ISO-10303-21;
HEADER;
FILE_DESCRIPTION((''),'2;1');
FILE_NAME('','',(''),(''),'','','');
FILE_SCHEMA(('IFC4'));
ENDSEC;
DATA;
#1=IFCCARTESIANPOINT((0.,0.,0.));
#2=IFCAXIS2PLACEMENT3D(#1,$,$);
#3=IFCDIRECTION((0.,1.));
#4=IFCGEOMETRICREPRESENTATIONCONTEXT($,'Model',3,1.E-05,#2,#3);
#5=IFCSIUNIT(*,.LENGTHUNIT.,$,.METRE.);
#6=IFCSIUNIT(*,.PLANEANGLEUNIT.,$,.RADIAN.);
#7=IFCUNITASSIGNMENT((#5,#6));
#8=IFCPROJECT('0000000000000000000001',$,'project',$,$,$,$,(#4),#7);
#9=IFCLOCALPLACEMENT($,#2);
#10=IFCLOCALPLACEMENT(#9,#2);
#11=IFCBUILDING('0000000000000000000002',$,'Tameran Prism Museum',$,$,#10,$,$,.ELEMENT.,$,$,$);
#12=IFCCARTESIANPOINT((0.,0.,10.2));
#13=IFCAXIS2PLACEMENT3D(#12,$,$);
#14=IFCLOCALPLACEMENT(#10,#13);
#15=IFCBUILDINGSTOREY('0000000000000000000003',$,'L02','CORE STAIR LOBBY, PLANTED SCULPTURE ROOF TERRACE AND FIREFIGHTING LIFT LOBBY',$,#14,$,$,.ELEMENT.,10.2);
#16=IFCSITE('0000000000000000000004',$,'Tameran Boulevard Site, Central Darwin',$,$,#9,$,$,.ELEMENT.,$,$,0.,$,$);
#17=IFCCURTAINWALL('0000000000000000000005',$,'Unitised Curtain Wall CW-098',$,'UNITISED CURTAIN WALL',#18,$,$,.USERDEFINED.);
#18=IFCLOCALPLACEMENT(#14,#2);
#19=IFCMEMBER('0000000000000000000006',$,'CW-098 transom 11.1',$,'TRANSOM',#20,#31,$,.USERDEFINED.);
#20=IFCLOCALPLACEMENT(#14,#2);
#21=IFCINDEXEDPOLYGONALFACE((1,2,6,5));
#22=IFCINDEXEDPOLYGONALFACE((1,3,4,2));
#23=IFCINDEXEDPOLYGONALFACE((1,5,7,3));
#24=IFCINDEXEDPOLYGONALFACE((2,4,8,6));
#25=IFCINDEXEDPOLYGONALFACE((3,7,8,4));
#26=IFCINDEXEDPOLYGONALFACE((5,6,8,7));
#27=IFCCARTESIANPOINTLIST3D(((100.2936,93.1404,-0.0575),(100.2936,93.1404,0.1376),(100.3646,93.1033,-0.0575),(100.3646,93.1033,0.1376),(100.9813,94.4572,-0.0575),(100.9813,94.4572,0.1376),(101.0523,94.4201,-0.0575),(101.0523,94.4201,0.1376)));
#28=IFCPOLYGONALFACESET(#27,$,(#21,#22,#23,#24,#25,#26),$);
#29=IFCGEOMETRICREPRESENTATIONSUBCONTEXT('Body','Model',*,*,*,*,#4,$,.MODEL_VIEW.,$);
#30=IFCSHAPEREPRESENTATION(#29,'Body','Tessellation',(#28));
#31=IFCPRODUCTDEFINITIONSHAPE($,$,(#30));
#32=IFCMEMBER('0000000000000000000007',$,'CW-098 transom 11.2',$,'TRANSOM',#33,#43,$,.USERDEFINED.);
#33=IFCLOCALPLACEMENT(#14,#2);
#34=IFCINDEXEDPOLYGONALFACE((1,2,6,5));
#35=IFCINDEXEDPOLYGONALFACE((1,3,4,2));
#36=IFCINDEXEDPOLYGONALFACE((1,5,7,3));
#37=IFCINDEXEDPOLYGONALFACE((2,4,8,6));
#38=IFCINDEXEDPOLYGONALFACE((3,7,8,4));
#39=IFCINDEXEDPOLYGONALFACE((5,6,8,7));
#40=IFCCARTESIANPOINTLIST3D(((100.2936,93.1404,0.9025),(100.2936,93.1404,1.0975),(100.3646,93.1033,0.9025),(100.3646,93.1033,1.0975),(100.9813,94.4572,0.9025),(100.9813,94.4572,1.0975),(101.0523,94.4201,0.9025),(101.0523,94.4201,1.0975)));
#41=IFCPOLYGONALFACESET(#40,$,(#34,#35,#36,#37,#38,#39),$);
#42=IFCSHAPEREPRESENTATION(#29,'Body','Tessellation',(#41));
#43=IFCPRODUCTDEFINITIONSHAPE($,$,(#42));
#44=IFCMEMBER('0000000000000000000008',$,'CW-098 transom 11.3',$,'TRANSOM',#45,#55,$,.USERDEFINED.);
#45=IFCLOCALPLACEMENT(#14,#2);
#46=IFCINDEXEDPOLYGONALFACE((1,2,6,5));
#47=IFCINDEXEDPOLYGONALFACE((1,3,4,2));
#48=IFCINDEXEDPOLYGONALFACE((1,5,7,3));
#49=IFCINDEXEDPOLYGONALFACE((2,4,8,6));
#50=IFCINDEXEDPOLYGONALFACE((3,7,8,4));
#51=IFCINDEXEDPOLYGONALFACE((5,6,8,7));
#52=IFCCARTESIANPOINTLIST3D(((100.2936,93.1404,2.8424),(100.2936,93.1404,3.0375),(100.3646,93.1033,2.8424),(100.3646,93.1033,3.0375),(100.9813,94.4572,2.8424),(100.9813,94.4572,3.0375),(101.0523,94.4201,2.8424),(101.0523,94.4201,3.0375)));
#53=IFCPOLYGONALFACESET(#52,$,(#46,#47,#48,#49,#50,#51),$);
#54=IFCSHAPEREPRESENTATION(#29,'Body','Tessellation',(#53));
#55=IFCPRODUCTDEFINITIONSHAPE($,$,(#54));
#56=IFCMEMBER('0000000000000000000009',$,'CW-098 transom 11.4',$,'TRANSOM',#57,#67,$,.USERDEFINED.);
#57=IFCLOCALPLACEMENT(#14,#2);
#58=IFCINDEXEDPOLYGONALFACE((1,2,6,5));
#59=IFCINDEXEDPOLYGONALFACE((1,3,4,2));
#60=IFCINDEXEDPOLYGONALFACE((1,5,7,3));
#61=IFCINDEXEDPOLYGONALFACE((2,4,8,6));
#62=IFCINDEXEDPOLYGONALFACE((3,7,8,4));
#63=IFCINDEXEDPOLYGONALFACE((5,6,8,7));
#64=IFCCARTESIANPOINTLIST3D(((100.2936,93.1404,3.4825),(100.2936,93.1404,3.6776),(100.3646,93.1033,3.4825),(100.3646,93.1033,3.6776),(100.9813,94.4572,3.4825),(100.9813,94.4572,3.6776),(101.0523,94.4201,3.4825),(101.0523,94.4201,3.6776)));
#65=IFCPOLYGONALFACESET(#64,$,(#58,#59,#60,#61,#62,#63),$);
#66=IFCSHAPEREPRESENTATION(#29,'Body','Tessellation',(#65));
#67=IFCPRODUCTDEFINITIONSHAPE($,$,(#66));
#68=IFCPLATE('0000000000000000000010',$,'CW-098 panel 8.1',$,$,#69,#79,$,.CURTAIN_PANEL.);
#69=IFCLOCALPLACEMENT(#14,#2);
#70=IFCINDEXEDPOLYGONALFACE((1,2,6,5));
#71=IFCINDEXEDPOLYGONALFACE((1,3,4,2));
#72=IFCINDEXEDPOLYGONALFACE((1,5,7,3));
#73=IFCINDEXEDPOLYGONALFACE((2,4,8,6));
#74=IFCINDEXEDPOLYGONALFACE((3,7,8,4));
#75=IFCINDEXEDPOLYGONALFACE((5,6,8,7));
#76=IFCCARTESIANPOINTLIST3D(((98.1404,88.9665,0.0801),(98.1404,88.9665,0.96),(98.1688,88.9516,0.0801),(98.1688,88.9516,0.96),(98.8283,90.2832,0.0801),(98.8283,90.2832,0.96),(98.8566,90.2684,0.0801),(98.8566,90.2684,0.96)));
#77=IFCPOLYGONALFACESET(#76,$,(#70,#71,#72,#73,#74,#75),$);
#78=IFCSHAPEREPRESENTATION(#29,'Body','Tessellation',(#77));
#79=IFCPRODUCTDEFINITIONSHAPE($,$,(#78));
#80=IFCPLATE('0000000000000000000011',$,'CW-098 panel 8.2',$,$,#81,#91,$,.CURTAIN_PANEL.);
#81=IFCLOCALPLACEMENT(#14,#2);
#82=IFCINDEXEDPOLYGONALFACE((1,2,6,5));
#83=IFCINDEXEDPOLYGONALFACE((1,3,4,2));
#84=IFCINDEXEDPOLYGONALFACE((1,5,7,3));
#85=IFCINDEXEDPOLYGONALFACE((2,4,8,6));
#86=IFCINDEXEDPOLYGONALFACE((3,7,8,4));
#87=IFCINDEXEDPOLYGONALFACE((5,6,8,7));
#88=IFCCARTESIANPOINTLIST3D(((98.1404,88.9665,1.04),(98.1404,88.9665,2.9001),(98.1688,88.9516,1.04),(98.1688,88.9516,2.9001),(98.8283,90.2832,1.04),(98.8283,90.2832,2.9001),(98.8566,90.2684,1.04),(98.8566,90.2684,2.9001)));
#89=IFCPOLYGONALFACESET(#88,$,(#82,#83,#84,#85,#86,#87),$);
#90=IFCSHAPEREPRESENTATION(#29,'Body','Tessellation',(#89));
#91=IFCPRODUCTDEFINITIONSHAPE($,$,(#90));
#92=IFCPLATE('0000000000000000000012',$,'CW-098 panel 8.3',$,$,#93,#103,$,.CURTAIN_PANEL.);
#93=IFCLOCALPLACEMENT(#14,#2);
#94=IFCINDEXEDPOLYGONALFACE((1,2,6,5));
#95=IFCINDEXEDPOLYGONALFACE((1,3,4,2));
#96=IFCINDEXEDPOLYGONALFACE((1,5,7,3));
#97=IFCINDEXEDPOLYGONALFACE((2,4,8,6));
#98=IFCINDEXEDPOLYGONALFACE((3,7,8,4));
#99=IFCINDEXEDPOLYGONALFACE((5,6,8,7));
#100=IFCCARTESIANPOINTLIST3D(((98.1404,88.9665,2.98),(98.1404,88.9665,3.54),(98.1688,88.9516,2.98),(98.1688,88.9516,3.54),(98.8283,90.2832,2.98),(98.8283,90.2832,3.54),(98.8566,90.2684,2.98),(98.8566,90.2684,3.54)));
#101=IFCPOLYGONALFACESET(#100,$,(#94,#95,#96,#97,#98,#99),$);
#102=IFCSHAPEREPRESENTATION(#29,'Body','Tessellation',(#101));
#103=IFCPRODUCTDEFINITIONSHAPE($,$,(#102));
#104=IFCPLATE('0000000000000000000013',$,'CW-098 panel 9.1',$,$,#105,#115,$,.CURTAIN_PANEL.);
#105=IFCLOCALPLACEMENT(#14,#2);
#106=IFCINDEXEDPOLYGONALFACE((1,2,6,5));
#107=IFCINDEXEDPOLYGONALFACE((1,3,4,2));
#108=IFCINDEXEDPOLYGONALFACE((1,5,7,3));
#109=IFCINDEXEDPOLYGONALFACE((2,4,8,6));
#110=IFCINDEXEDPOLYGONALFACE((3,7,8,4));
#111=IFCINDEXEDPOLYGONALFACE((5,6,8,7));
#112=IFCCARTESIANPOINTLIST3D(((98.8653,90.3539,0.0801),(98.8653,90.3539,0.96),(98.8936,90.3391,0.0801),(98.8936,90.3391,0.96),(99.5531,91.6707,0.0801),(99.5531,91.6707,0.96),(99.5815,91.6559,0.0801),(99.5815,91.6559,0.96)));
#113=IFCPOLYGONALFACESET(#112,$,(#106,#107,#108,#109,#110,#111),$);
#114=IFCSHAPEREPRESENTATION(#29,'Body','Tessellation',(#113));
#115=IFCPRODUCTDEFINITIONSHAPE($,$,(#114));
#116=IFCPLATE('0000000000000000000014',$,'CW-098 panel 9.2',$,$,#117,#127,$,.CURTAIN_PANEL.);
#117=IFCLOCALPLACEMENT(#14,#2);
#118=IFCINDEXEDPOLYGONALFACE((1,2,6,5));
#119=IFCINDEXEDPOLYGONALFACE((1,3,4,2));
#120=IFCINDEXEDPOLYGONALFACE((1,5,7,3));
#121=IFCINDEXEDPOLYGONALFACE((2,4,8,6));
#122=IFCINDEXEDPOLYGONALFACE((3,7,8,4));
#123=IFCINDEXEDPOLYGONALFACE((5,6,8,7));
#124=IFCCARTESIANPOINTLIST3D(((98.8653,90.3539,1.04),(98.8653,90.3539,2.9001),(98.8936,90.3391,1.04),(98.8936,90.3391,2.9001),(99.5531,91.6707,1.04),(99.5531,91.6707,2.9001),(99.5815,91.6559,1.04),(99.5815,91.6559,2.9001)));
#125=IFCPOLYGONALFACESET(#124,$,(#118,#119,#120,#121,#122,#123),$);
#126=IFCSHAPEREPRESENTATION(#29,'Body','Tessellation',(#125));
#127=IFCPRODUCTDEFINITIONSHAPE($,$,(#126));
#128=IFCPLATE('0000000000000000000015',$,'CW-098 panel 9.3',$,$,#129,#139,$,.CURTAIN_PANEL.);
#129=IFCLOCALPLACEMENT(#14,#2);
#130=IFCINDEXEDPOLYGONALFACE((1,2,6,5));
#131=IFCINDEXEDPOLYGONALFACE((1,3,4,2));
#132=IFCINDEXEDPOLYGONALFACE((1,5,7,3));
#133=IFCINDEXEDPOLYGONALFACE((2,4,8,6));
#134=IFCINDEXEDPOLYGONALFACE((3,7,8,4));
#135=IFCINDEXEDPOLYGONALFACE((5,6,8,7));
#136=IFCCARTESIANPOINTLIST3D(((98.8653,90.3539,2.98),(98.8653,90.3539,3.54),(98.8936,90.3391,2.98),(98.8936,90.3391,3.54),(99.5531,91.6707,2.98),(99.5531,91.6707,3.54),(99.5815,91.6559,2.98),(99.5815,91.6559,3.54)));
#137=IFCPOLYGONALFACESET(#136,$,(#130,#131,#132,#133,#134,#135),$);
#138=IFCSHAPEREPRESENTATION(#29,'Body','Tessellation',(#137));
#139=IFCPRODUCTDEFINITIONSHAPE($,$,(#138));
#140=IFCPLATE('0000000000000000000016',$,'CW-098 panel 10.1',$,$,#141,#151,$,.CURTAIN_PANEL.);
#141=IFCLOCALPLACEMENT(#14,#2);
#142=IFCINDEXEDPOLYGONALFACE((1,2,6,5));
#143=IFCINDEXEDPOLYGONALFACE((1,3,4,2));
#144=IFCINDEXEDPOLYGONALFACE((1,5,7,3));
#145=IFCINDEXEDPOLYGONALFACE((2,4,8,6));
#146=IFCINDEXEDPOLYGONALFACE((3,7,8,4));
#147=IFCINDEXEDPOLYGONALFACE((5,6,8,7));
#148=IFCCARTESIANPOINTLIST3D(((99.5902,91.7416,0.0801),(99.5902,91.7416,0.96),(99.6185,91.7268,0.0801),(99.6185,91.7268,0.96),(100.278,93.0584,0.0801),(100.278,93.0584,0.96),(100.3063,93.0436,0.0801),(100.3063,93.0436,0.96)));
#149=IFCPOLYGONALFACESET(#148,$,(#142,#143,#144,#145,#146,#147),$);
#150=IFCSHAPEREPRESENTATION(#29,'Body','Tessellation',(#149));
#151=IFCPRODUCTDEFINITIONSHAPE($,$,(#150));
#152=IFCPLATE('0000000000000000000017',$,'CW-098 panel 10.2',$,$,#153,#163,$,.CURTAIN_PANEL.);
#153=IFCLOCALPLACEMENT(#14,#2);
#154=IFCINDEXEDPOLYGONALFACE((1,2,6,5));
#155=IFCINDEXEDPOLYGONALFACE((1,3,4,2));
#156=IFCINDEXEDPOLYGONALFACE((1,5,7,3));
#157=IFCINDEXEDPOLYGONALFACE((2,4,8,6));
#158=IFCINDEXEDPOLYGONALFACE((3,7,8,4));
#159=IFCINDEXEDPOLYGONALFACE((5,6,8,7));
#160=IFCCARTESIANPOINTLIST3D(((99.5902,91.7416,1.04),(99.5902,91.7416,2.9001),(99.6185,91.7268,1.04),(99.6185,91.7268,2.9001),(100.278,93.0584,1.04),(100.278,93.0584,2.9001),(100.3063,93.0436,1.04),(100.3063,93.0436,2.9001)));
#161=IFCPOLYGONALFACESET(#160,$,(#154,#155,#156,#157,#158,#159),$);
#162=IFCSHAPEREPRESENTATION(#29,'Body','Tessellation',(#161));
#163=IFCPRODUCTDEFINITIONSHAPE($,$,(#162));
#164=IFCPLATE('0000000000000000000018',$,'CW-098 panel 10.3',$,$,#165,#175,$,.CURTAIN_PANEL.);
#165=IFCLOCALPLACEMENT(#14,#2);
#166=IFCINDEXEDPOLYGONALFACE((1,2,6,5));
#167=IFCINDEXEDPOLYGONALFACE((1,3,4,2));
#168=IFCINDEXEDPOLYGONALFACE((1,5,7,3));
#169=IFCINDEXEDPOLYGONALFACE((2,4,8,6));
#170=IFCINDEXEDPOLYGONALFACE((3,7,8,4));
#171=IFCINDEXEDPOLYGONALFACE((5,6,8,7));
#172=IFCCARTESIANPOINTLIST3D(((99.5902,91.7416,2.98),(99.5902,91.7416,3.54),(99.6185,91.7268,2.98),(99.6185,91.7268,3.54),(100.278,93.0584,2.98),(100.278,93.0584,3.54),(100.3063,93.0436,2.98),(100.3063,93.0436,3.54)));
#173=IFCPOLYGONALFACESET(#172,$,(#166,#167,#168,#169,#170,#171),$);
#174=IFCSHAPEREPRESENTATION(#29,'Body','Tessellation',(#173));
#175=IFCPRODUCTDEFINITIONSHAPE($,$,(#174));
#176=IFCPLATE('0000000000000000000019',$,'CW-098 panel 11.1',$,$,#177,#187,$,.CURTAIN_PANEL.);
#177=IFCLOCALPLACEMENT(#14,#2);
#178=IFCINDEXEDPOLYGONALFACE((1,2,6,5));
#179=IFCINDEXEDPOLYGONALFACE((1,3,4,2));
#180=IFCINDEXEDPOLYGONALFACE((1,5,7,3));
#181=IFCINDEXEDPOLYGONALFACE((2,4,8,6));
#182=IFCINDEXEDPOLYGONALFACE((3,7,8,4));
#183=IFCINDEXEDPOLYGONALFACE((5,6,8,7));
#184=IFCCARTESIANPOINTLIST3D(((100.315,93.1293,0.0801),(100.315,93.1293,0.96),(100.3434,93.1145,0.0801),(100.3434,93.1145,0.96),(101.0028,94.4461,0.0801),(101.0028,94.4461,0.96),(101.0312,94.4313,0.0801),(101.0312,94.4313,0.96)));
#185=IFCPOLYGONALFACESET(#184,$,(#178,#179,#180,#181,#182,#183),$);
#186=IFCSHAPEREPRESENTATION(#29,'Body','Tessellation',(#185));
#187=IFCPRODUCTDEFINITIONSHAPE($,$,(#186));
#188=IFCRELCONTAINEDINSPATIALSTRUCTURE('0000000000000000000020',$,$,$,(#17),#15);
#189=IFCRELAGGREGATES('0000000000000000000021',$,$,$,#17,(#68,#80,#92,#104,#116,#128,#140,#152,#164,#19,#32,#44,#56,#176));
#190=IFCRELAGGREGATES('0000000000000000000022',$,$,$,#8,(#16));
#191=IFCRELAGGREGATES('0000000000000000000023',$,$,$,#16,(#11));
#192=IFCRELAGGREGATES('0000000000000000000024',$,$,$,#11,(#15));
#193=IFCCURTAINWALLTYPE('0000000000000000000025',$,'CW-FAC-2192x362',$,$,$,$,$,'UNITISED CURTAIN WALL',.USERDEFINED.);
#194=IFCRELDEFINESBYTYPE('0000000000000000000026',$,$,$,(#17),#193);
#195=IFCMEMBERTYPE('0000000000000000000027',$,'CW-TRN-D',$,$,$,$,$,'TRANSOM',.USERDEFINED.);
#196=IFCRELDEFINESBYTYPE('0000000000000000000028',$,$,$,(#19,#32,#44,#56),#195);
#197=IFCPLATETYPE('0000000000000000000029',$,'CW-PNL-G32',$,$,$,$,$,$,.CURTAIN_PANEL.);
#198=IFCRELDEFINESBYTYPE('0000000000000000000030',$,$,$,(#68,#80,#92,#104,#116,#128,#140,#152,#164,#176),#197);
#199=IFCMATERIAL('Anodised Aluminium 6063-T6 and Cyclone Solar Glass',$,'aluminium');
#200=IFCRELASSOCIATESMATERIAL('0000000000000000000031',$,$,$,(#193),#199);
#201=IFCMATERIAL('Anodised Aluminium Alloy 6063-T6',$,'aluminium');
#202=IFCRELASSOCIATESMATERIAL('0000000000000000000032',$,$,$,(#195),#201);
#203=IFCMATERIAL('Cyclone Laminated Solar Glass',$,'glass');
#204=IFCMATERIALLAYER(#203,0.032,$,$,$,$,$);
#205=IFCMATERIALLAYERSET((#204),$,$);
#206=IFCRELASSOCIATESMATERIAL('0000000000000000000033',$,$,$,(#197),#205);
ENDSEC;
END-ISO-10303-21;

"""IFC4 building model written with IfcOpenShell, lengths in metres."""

from ifc_helpers import new_model, si_unit, direction, frame, origin, origin_2d, place, context, subcontext, project, spatial, rectangle, extrude, material, layer, layer_set, material_profile, profile_set, type_object, element, aggregate, save


model = new_model("IFC4")

# Units and contexts
model_context = context("Model", 3, precision=1e-05, world=origin(), true_north=direction((0.0, 1.0)))
body_context = subcontext(model_context, "Body", "Model", "MODEL_VIEW")
ifc_project = project(units=[si_unit("LENGTHUNIT", "METRE"), si_unit("PLANEANGLEUNIT", "RADIAN")], contexts=[model_context])

# Site, building, storey
site_placement = place(None, origin())
site = spatial("IfcSite", under=ifc_project, at=site_placement, Name="Tameran Boulevard Site, Central Darwin", CompositionType="ELEMENT", RefElevation=0.0)
building_placement = place(site_placement, origin())
building = spatial("IfcBuilding", under=site, at=building_placement, Name="Tameran Prism Museum", CompositionType="ELEMENT")
storey_placement = place(building_placement, frame((0.0, 0.0, 10.2)))
storey = spatial("IfcBuildingStorey", under=building, at=storey_placement, Name="L02", Description="CORE STAIR LOBBY, PLANTED SCULPTURE ROOF TERRACE AND FIREFIGHTING LIFT LOBBY", CompositionType="ELEMENT", Elevation=10.2)

# Curtain wall, members, plates
ifc_material_1 = material(Name="Anodised Aluminium 6063-T6 and Cyclone Solar Glass", Category="aluminium")
curtain_wall_type = type_object("IfcCurtainWallType", Name="CW-FAC-2192x362", ElementType="UNITISED CURTAIN WALL", PredefinedType="USERDEFINED", material=ifc_material_1)
curtain_wall_placement = place(storey_placement, origin())
curtain_wall = element("IfcCurtainWall", 1, at=curtain_wall_placement, inside=storey, type_object=curtain_wall_type, Name="Unitised Curtain Wall CW-098", ObjectType="UNITISED CURTAIN WALL", PredefinedType="USERDEFINED")
ifc_material_2 = material(Name="Anodised Aluminium Alloy 6063-T6", Category="aluminium")
ifc_material_profile_1 = material_profile(ifc_material_2, rectangle(XDim=0.0801, YDim=0.1951, at=origin_2d()))
ifc_profile_set_1 = profile_set([ifc_material_profile_1])
member_type_1 = type_object("IfcMemberType", Name="CW-TRN-D", ElementType="TRANSOM", PredefinedType="USERDEFINED", material=ifc_profile_set_1)
member_1_placement = place(storey_placement, frame((100.3291, 93.1218, 0.04), z_axis=(0.46292, 0.8864, 0.0), x_axis=(-0.8864, 0.46292, 0.0)))
member_1 = element("IfcMember", 2, at=member_1_placement, type_object=member_type_1, Name="CW-098 transom 11.1", ObjectType="TRANSOM", PredefinedType="USERDEFINED", context=body_context, shape_type="SweptSolid", body=[
    extrude(rectangle(XDim=0.0801, YDim=0.1951, at=origin_2d()), origin(), (0.0, 0.0, 1.0), 1.4856),
])
member_2_placement = place(storey_placement, frame((100.3291, 93.1218, 1.0), z_axis=(0.46292, 0.8864, 0.0), x_axis=(-0.8864, 0.46292, 0.0)))
member_2 = element("IfcMember", 3, at=member_2_placement, type_object=member_type_1, Name="CW-098 transom 11.2", ObjectType="TRANSOM", PredefinedType="USERDEFINED", context=body_context, shape_type="SweptSolid", body=[
    extrude(rectangle(XDim=0.0801, YDim=0.1951, at=origin_2d()), origin(), (0.0, 0.0, 1.0), 1.4856),
])
member_3_placement = place(storey_placement, frame((100.3291, 93.1218, 2.9399), z_axis=(0.46292, 0.8864, 0.0), x_axis=(-0.8864, 0.46292, 0.0)))
member_3 = element("IfcMember", 4, at=member_3_placement, type_object=member_type_1, Name="CW-098 transom 11.3", ObjectType="TRANSOM", PredefinedType="USERDEFINED", context=body_context, shape_type="SweptSolid", body=[
    extrude(rectangle(XDim=0.0801, YDim=0.1951, at=origin_2d()), origin(), (0.0, 0.0, 1.0), 1.4856),
])
member_4_placement = place(storey_placement, frame((100.3291, 93.1218, 3.5801), z_axis=(0.46292, 0.8864, 0.0), x_axis=(-0.8864, 0.46292, 0.0)))
member_4 = element("IfcMember", 5, at=member_4_placement, type_object=member_type_1, Name="CW-098 transom 11.4", ObjectType="TRANSOM", PredefinedType="USERDEFINED", context=body_context, shape_type="SweptSolid", body=[
    extrude(rectangle(XDim=0.0801, YDim=0.1951, at=origin_2d()), origin(), (0.0, 0.0, 1.0), 1.4856),
])
ifc_material_3 = material(Name="Cyclone Laminated Solar Glass", Category="glass")
ifc_layer = layer(ifc_material_3, 0.032)
ifc_layer_set = layer_set([ifc_layer])
plate_type = type_object("IfcPlateType", Name="CW-PNL-G32", PredefinedType="CURTAIN_PANEL", material=ifc_layer_set)
plate_1_placement = place(storey_placement, frame((98.4985, 89.6174, 0.0801), z_axis=(0.0, 0.0, 1.0), x_axis=(0.463003, 0.886357, 0.0)))
plate_1 = element("IfcPlate", 6, at=plate_1_placement, type_object=plate_type, Name="CW-098 panel 8.1", PredefinedType="CURTAIN_PANEL", context=body_context, shape_type="SweptSolid", body=[
    extrude(rectangle(XDim=1.4856, YDim=0.032, at=origin_2d()), origin(), (0.0, 0.0, 1.0), 0.8799),
])
plate_2_placement = place(storey_placement, frame((98.4985, 89.6174, 1.04), z_axis=(0.0, 0.0, 1.0), x_axis=(0.463003, 0.886357, 0.0)))
plate_2 = element("IfcPlate", 7, at=plate_2_placement, type_object=plate_type, Name="CW-098 panel 8.2", PredefinedType="CURTAIN_PANEL", context=body_context, shape_type="SweptSolid", body=[
    extrude(rectangle(XDim=1.4856, YDim=0.032, at=origin_2d()), origin(), (0.0, 0.0, 1.0), 1.8601),
])
plate_3_placement = place(storey_placement, frame((98.4985, 89.6174, 2.98), z_axis=(0.0, 0.0, 1.0), x_axis=(0.463003, 0.886357, 0.0)))
plate_3 = element("IfcPlate", 8, at=plate_3_placement, type_object=plate_type, Name="CW-098 panel 8.3", PredefinedType="CURTAIN_PANEL", context=body_context, shape_type="SweptSolid", body=[
    extrude(rectangle(XDim=1.4856, YDim=0.032, at=origin_2d()), origin(), (0.0, 0.0, 1.0), 0.5601),
])
plate_4_placement = place(storey_placement, frame((99.2234, 91.0049, 0.0801), z_axis=(0.0, 0.0, 1.0), x_axis=(0.463003, 0.886357, 0.0)))
plate_4 = element("IfcPlate", 9, at=plate_4_placement, type_object=plate_type, Name="CW-098 panel 9.1", PredefinedType="CURTAIN_PANEL", context=body_context, shape_type="SweptSolid", body=[
    extrude(rectangle(XDim=1.4856, YDim=0.032, at=origin_2d()), origin(), (0.0, 0.0, 1.0), 0.8799),
])
plate_5_placement = place(storey_placement, frame((99.2234, 91.0049, 1.04), z_axis=(0.0, 0.0, 1.0), x_axis=(0.463003, 0.886357, 0.0)))
plate_5 = element("IfcPlate", 10, at=plate_5_placement, type_object=plate_type, Name="CW-098 panel 9.2", PredefinedType="CURTAIN_PANEL", context=body_context, shape_type="SweptSolid", body=[
    extrude(rectangle(XDim=1.4856, YDim=0.032, at=origin_2d()), origin(), (0.0, 0.0, 1.0), 1.8601),
])
plate_6_placement = place(storey_placement, frame((99.2234, 91.0049, 2.98), z_axis=(0.0, 0.0, 1.0), x_axis=(0.463003, 0.886357, 0.0)))
plate_6 = element("IfcPlate", 11, at=plate_6_placement, type_object=plate_type, Name="CW-098 panel 9.3", PredefinedType="CURTAIN_PANEL", context=body_context, shape_type="SweptSolid", body=[
    extrude(rectangle(XDim=1.4856, YDim=0.032, at=origin_2d()), origin(), (0.0, 0.0, 1.0), 0.5601),
])
plate_7_placement = place(storey_placement, frame((99.9482, 92.3926, 0.0801), z_axis=(0.0, 0.0, 1.0), x_axis=(0.463003, 0.886357, 0.0)))
plate_7 = element("IfcPlate", 12, at=plate_7_placement, type_object=plate_type, Name="CW-098 panel 10.1", PredefinedType="CURTAIN_PANEL", context=body_context, shape_type="SweptSolid", body=[
    extrude(rectangle(XDim=1.4856, YDim=0.032, at=origin_2d()), origin(), (0.0, 0.0, 1.0), 0.8799),
])
plate_8_placement = place(storey_placement, frame((99.9482, 92.3926, 1.04), z_axis=(0.0, 0.0, 1.0), x_axis=(0.463003, 0.886357, 0.0)))
plate_8 = element("IfcPlate", 13, at=plate_8_placement, type_object=plate_type, Name="CW-098 panel 10.2", PredefinedType="CURTAIN_PANEL", context=body_context, shape_type="SweptSolid", body=[
    extrude(rectangle(XDim=1.4856, YDim=0.032, at=origin_2d()), origin(), (0.0, 0.0, 1.0), 1.8601),
])
plate_9_placement = place(storey_placement, frame((99.9482, 92.3926, 2.98), z_axis=(0.0, 0.0, 1.0), x_axis=(0.463003, 0.886357, 0.0)))
plate_9 = element("IfcPlate", 14, at=plate_9_placement, type_object=plate_type, Name="CW-098 panel 10.3", PredefinedType="CURTAIN_PANEL", context=body_context, shape_type="SweptSolid", body=[
    extrude(rectangle(XDim=1.4856, YDim=0.032, at=origin_2d()), origin(), (0.0, 0.0, 1.0), 0.5601),
])
plate_10_placement = place(storey_placement, frame((100.6731, 93.7803, 0.0801), z_axis=(0.0, 0.0, 1.0), x_axis=(0.463003, 0.886357, 0.0)))
plate_10 = element("IfcPlate", 15, at=plate_10_placement, type_object=plate_type, Name="CW-098 panel 11.1", PredefinedType="CURTAIN_PANEL", context=body_context, shape_type="SweptSolid", body=[
    extrude(rectangle(XDim=1.4856, YDim=0.032, at=origin_2d()), origin(), (0.0, 0.0, 1.0), 0.8799),
])
aggregate(curtain_wall, [plate_1, plate_2, plate_3, plate_4, plate_5, plate_6, plate_7, plate_8, plate_9, member_1, member_2, member_3, member_4, plate_10])

save(model, "model.ifc")
